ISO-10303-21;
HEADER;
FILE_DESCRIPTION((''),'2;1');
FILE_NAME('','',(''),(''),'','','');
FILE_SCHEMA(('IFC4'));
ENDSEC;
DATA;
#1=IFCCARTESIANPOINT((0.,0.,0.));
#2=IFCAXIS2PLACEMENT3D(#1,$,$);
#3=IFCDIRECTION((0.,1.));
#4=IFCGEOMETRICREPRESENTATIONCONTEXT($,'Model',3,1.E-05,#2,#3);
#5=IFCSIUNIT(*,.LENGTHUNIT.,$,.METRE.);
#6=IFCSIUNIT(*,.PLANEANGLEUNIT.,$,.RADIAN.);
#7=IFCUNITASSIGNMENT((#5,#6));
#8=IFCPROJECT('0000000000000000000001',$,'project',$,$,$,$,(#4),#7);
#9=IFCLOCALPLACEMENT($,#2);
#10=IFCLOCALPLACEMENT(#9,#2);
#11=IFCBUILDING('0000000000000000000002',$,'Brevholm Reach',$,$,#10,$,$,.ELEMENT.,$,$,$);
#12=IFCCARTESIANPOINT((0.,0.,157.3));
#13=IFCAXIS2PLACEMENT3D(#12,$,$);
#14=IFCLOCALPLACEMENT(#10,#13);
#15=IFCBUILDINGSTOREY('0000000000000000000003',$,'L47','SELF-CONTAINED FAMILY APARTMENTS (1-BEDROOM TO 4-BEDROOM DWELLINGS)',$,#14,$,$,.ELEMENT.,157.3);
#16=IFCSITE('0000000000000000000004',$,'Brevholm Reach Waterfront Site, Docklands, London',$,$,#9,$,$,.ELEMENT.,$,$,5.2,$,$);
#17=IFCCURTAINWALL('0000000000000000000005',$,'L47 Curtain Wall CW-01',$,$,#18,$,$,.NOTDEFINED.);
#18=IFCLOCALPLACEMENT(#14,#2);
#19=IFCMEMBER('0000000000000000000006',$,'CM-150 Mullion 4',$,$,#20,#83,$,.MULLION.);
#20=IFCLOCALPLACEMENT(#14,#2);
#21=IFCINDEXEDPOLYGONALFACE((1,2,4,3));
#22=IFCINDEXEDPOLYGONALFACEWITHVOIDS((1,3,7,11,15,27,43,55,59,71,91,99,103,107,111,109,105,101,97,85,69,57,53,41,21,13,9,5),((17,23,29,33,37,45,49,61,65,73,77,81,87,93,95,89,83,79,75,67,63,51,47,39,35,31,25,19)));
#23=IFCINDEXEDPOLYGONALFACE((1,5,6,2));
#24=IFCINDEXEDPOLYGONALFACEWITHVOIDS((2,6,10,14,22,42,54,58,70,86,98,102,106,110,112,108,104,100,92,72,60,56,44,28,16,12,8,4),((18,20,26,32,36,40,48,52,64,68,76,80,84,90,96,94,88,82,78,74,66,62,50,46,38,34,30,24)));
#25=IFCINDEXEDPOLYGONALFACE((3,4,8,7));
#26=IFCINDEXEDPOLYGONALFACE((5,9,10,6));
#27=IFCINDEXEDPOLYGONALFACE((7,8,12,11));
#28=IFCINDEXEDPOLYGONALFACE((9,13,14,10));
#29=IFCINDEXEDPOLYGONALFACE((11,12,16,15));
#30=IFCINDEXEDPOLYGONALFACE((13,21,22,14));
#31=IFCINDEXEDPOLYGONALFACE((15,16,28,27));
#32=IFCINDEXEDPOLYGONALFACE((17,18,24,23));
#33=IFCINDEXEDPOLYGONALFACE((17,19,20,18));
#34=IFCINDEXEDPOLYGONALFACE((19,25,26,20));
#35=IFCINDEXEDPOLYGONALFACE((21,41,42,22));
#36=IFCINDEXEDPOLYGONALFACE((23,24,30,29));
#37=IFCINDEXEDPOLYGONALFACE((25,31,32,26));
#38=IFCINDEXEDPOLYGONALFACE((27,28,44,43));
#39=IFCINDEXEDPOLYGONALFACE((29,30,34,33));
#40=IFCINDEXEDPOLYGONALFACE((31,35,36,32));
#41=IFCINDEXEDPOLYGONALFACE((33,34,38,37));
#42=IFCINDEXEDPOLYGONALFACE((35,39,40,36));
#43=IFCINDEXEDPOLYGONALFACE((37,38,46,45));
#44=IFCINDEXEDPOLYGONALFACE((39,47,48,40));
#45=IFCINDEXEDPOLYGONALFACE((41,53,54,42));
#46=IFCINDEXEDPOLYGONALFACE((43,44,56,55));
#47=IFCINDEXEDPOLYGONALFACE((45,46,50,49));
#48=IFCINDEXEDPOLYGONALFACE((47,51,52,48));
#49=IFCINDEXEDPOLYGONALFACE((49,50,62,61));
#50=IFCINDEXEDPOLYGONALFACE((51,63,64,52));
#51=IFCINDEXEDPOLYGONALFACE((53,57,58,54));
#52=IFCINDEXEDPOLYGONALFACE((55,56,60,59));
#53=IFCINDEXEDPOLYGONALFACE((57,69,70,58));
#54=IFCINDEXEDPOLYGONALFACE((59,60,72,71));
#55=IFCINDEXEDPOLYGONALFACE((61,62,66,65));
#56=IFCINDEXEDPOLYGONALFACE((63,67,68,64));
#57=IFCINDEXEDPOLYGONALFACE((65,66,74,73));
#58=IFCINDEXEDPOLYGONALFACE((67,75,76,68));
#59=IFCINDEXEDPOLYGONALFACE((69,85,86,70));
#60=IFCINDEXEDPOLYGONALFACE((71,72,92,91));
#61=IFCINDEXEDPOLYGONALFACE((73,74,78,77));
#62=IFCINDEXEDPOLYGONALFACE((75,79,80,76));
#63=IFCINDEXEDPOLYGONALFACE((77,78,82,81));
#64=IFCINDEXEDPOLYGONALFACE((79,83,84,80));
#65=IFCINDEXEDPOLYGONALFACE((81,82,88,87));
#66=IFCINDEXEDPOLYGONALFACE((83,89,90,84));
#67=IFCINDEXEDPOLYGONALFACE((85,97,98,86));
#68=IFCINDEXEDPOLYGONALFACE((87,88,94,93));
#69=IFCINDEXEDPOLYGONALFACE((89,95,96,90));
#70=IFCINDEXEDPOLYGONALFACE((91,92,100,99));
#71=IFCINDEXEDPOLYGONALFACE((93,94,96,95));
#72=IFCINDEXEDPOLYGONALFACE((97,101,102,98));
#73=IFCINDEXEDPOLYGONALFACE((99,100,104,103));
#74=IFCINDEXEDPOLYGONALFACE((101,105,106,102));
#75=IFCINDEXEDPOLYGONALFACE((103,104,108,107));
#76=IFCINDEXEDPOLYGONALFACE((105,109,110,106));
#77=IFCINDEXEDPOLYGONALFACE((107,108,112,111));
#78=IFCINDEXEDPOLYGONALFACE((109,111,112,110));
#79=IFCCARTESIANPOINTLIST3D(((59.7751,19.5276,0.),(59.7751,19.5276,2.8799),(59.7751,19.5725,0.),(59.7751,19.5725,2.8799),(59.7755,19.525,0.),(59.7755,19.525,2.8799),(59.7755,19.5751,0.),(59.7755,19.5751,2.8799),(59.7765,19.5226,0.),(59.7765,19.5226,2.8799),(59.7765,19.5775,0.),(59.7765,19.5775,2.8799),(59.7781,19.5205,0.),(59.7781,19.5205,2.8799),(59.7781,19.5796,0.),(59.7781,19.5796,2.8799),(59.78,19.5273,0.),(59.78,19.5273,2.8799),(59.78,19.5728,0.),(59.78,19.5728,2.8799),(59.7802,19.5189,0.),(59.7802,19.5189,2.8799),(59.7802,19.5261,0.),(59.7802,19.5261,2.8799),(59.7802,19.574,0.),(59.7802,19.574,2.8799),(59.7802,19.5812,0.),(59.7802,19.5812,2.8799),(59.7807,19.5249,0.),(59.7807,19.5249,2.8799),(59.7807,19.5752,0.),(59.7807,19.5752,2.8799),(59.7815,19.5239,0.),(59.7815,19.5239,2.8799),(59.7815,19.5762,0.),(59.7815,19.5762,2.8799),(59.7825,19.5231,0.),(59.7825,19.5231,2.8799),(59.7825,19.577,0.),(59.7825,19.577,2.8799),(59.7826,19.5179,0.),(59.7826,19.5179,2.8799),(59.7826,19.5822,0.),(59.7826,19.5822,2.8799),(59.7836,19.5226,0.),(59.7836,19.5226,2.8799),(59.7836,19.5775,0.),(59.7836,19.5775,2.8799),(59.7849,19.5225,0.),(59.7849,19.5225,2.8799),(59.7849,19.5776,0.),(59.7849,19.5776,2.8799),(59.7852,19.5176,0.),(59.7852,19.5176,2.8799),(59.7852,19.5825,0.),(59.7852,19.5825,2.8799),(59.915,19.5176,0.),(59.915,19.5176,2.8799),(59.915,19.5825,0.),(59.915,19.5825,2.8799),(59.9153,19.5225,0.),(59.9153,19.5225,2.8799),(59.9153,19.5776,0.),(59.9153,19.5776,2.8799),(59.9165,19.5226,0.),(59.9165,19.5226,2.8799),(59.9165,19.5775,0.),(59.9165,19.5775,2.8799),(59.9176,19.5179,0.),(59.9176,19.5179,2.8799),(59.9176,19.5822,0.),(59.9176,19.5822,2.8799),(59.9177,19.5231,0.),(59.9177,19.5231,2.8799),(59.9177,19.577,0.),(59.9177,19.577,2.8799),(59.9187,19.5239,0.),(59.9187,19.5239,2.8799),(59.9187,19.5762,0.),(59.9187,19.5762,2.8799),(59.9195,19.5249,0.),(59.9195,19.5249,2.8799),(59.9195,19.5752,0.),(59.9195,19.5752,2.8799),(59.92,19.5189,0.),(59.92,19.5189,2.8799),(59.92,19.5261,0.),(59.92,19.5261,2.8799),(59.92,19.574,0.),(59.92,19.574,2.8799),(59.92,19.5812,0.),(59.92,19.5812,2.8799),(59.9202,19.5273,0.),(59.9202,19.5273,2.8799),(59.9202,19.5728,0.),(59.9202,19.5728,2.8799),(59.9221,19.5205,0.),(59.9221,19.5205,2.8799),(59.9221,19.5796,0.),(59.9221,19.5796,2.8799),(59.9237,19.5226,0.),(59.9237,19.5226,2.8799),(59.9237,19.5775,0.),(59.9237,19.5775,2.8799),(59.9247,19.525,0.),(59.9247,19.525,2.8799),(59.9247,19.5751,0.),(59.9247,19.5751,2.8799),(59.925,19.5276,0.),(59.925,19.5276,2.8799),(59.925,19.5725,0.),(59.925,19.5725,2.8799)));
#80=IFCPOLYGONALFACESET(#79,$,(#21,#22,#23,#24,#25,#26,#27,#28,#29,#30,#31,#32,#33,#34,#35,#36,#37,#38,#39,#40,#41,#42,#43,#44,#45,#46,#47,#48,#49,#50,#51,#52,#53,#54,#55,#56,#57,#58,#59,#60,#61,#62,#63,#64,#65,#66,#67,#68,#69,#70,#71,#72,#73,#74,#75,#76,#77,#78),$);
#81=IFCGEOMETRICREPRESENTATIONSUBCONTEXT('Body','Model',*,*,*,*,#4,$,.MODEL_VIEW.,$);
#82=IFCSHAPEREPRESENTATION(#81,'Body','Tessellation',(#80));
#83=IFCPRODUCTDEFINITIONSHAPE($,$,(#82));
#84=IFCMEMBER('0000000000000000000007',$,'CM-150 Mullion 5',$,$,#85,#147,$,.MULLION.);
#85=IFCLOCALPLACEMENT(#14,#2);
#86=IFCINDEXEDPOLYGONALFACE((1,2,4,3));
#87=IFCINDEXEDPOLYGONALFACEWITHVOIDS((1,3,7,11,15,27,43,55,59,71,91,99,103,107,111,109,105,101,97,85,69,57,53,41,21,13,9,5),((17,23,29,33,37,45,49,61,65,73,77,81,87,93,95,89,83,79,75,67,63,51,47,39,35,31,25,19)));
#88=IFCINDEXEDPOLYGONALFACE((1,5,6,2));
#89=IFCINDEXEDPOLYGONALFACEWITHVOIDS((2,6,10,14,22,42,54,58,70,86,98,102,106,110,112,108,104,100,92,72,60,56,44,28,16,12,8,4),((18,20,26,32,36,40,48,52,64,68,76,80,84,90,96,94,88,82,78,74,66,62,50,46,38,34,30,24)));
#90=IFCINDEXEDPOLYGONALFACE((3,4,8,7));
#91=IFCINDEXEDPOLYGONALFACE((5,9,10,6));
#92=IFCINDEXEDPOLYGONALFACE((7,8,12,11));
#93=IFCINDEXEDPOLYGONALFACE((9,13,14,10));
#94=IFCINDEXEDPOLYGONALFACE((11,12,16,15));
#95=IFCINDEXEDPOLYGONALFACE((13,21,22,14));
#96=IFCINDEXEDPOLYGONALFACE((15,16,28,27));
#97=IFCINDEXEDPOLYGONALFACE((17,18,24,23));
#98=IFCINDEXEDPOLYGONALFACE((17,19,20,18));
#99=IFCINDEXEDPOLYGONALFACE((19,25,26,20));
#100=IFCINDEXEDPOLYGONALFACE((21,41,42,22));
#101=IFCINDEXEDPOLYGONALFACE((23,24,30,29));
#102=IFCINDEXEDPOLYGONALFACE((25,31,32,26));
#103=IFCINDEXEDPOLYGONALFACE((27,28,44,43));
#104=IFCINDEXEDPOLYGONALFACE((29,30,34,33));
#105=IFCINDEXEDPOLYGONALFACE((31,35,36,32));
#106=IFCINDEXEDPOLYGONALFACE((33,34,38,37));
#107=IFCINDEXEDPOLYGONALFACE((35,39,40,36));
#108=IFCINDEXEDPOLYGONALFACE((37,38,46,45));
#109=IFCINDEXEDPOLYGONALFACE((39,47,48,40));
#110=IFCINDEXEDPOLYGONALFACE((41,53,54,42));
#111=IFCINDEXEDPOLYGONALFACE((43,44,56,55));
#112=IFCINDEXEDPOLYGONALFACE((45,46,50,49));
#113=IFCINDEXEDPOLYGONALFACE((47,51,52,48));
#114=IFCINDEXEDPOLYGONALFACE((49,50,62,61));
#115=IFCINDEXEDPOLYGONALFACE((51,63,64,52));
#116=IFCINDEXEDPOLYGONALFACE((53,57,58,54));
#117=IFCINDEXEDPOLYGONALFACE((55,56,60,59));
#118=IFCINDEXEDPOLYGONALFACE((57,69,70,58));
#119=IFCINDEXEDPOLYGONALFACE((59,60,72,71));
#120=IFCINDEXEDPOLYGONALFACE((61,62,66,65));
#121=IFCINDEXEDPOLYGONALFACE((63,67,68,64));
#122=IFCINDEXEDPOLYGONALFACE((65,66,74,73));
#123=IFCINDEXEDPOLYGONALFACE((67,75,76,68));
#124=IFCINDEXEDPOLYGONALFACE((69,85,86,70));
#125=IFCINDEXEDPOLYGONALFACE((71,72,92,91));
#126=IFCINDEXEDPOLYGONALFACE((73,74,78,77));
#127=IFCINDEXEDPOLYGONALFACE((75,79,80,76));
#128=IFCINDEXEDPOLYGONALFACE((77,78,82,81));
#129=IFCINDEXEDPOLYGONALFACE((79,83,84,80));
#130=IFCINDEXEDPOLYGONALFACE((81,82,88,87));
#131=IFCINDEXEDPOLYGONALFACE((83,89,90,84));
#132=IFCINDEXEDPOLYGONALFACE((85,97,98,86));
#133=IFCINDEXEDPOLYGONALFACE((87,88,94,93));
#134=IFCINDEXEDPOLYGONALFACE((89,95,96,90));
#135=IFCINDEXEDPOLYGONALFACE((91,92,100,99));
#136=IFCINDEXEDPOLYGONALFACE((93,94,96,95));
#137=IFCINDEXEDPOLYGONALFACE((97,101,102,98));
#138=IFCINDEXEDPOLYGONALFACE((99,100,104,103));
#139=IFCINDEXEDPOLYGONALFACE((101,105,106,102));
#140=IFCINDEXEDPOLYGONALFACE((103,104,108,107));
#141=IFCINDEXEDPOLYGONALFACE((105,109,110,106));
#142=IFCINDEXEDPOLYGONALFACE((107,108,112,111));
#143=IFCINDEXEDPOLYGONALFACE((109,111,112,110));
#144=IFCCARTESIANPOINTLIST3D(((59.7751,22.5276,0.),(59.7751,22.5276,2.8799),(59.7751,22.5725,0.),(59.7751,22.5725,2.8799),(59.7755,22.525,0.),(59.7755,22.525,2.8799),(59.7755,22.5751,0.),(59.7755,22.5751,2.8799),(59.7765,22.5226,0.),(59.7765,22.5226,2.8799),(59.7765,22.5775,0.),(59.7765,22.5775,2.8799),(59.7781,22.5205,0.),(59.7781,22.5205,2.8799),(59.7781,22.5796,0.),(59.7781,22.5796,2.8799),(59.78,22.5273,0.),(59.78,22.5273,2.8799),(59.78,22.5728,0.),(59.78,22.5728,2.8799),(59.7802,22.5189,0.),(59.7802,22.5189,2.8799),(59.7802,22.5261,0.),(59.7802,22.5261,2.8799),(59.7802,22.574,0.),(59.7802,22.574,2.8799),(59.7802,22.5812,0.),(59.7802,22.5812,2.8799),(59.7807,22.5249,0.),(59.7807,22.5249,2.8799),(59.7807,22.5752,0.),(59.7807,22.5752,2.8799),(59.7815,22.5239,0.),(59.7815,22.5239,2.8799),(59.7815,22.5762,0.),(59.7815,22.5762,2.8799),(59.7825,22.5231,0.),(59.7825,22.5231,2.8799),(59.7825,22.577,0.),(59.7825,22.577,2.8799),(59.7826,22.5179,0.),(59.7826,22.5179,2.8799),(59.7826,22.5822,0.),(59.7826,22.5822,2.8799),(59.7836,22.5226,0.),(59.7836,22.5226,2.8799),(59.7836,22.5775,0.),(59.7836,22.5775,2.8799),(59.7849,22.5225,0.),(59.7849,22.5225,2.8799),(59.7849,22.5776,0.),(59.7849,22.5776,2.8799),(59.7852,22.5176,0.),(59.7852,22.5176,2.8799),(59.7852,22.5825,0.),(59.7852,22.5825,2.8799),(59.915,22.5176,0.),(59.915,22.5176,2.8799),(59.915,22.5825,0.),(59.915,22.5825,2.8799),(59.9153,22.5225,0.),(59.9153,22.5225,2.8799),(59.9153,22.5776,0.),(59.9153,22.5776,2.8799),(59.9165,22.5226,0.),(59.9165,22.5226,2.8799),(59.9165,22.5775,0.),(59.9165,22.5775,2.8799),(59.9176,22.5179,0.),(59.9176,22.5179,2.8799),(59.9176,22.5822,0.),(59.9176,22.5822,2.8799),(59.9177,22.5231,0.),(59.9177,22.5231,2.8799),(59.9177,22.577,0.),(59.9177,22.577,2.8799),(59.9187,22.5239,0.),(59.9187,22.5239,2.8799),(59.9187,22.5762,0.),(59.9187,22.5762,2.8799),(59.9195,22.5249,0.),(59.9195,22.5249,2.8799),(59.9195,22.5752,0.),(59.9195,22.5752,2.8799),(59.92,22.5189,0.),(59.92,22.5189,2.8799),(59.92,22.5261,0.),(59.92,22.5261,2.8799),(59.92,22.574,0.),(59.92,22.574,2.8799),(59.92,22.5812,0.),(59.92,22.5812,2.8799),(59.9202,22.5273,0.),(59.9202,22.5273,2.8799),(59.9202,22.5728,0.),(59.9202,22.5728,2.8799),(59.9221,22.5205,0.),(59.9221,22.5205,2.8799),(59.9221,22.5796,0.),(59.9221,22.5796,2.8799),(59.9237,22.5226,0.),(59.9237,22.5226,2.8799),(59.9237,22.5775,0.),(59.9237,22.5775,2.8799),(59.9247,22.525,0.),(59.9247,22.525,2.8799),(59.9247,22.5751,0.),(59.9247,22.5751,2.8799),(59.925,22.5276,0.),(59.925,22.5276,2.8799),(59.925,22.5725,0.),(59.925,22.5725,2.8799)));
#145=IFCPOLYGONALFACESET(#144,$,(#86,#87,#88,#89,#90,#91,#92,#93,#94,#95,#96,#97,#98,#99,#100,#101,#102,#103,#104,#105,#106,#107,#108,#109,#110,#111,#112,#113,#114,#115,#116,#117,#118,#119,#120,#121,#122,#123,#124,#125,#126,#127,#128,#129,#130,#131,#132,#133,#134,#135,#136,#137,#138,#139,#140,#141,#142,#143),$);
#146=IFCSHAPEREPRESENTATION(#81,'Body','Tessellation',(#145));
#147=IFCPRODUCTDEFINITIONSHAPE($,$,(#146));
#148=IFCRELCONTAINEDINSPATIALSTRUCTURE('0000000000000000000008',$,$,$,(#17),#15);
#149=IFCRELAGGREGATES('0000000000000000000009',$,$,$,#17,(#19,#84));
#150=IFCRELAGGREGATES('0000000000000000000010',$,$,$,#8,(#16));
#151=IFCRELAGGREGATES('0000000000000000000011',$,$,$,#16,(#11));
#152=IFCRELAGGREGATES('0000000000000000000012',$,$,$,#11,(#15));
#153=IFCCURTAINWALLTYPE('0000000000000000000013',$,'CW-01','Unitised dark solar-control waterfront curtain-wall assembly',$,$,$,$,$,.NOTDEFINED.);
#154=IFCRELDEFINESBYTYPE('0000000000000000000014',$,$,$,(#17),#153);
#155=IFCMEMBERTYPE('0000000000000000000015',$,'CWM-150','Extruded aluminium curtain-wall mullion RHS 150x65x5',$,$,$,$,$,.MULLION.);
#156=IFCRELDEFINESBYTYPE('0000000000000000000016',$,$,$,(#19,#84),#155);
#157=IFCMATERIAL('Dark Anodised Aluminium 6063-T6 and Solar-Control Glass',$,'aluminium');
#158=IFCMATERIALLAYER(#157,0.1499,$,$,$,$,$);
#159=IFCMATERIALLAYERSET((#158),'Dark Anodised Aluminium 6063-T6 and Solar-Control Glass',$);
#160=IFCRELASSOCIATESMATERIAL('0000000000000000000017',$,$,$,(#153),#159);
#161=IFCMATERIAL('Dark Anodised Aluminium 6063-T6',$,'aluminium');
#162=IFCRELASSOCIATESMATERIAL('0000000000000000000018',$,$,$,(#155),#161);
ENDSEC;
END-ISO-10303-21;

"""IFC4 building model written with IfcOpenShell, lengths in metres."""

from ifc_helpers import new_model, si_unit, direction, frame, origin, origin_2d, place, context, subcontext, project, spatial, hollow_rectangle, extrude, material, layer, layer_set, material_profile, profile_set, type_object, element, aggregate, save


model = new_model("IFC4")

# Units and contexts
model_context = context("Model", 3, precision=1e-05, world=origin(), true_north=direction((0.0, 1.0)))
body_context = subcontext(model_context, "Body", "Model", "MODEL_VIEW")
ifc_project = project(units=[si_unit("LENGTHUNIT", "METRE"), si_unit("PLANEANGLEUNIT", "RADIAN")], contexts=[model_context])

# Site, building, storey
site_placement = place(None, origin())
site = spatial("IfcSite", under=ifc_project, at=site_placement, Name="Brevholm Reach Waterfront Site, Docklands, London", CompositionType="ELEMENT", RefElevation=5.2)
building_placement = place(site_placement, origin())
building = spatial("IfcBuilding", under=site, at=building_placement, Name="Brevholm Reach", CompositionType="ELEMENT")
storey_placement = place(building_placement, frame((0.0, 0.0, 157.3)))
storey = spatial("IfcBuildingStorey", under=building, at=storey_placement, Name="L47", Description="SELF-CONTAINED FAMILY APARTMENTS (1-BEDROOM TO 4-BEDROOM DWELLINGS)", CompositionType="ELEMENT", Elevation=157.3)

# Curtain wall, members
ifc_material_1 = material(Name="Dark Anodised Aluminium 6063-T6 and Solar-Control Glass", Category="aluminium")
ifc_layer_1 = layer(ifc_material_1, 0.1499)
ifc_layer_set_1 = layer_set([ifc_layer_1], Name="Dark Anodised Aluminium 6063-T6 and Solar-Control Glass")
curtain_wall_type = type_object("IfcCurtainWallType", Name="CW-01", Description="Unitised dark solar-control waterfront curtain-wall assembly", PredefinedType="NOTDEFINED", material=ifc_layer_set_1)
curtain_wall_placement = place(storey_placement, origin())
curtain_wall = element("IfcCurtainWall", 1, at=curtain_wall_placement, inside=storey, type_object=curtain_wall_type, Name="L47 Curtain Wall CW-01", PredefinedType="NOTDEFINED")
ifc_material_2 = material(Name="Dark Anodised Aluminium 6063-T6", Category="aluminium")
ifc_material_profile_1 = material_profile(ifc_material_2, hollow_rectangle(XDim=0.0649, YDim=0.1499, WallThickness=0.0049, InnerFilletRadius=0.0049, OuterFilletRadius=0.01, at=origin_2d()), Name="RHS 150x65x5")
ifc_profile_set_1 = profile_set([ifc_material_profile_1], Name="Dark Anodised Aluminium 6063-T6")
member_type_1 = type_object("IfcMemberType", Name="CWM-150", Description="Extruded aluminium curtain-wall mullion RHS 150x65x5", PredefinedType="MULLION", material=ifc_profile_set_1)
member_1_placement = place(storey_placement, frame((59.8501, 19.55, 0.0), z_axis=(0.0, 0.0, 1.0), x_axis=(0.0, 1.0, 0.0)))
member_1 = element("IfcMember", 2, at=member_1_placement, type_object=member_type_1, Name="CM-150 Mullion 4", PredefinedType="MULLION", context=body_context, shape_type="SweptSolid", body=[
    extrude(hollow_rectangle(XDim=0.0649, YDim=0.1499, WallThickness=0.0049, InnerFilletRadius=0.0049, OuterFilletRadius=0.01, at=origin_2d()), origin(), (0.0, 0.0, 1.0), 2.8799),
])
member_2_placement = place(storey_placement, frame((59.8501, 22.55, 0.0), z_axis=(0.0, 0.0, 1.0), x_axis=(0.0, 1.0, 0.0)))
member_2 = element("IfcMember", 3, at=member_2_placement, type_object=member_type_1, Name="CM-150 Mullion 5", PredefinedType="MULLION", context=body_context, shape_type="SweptSolid", body=[
    extrude(hollow_rectangle(XDim=0.0649, YDim=0.1499, WallThickness=0.0049, InnerFilletRadius=0.0049, OuterFilletRadius=0.01, at=origin_2d()), origin(), (0.0, 0.0, 1.0), 2.8799),
])
aggregate(curtain_wall, [member_1, member_2])

save(model, "model.ifc")
